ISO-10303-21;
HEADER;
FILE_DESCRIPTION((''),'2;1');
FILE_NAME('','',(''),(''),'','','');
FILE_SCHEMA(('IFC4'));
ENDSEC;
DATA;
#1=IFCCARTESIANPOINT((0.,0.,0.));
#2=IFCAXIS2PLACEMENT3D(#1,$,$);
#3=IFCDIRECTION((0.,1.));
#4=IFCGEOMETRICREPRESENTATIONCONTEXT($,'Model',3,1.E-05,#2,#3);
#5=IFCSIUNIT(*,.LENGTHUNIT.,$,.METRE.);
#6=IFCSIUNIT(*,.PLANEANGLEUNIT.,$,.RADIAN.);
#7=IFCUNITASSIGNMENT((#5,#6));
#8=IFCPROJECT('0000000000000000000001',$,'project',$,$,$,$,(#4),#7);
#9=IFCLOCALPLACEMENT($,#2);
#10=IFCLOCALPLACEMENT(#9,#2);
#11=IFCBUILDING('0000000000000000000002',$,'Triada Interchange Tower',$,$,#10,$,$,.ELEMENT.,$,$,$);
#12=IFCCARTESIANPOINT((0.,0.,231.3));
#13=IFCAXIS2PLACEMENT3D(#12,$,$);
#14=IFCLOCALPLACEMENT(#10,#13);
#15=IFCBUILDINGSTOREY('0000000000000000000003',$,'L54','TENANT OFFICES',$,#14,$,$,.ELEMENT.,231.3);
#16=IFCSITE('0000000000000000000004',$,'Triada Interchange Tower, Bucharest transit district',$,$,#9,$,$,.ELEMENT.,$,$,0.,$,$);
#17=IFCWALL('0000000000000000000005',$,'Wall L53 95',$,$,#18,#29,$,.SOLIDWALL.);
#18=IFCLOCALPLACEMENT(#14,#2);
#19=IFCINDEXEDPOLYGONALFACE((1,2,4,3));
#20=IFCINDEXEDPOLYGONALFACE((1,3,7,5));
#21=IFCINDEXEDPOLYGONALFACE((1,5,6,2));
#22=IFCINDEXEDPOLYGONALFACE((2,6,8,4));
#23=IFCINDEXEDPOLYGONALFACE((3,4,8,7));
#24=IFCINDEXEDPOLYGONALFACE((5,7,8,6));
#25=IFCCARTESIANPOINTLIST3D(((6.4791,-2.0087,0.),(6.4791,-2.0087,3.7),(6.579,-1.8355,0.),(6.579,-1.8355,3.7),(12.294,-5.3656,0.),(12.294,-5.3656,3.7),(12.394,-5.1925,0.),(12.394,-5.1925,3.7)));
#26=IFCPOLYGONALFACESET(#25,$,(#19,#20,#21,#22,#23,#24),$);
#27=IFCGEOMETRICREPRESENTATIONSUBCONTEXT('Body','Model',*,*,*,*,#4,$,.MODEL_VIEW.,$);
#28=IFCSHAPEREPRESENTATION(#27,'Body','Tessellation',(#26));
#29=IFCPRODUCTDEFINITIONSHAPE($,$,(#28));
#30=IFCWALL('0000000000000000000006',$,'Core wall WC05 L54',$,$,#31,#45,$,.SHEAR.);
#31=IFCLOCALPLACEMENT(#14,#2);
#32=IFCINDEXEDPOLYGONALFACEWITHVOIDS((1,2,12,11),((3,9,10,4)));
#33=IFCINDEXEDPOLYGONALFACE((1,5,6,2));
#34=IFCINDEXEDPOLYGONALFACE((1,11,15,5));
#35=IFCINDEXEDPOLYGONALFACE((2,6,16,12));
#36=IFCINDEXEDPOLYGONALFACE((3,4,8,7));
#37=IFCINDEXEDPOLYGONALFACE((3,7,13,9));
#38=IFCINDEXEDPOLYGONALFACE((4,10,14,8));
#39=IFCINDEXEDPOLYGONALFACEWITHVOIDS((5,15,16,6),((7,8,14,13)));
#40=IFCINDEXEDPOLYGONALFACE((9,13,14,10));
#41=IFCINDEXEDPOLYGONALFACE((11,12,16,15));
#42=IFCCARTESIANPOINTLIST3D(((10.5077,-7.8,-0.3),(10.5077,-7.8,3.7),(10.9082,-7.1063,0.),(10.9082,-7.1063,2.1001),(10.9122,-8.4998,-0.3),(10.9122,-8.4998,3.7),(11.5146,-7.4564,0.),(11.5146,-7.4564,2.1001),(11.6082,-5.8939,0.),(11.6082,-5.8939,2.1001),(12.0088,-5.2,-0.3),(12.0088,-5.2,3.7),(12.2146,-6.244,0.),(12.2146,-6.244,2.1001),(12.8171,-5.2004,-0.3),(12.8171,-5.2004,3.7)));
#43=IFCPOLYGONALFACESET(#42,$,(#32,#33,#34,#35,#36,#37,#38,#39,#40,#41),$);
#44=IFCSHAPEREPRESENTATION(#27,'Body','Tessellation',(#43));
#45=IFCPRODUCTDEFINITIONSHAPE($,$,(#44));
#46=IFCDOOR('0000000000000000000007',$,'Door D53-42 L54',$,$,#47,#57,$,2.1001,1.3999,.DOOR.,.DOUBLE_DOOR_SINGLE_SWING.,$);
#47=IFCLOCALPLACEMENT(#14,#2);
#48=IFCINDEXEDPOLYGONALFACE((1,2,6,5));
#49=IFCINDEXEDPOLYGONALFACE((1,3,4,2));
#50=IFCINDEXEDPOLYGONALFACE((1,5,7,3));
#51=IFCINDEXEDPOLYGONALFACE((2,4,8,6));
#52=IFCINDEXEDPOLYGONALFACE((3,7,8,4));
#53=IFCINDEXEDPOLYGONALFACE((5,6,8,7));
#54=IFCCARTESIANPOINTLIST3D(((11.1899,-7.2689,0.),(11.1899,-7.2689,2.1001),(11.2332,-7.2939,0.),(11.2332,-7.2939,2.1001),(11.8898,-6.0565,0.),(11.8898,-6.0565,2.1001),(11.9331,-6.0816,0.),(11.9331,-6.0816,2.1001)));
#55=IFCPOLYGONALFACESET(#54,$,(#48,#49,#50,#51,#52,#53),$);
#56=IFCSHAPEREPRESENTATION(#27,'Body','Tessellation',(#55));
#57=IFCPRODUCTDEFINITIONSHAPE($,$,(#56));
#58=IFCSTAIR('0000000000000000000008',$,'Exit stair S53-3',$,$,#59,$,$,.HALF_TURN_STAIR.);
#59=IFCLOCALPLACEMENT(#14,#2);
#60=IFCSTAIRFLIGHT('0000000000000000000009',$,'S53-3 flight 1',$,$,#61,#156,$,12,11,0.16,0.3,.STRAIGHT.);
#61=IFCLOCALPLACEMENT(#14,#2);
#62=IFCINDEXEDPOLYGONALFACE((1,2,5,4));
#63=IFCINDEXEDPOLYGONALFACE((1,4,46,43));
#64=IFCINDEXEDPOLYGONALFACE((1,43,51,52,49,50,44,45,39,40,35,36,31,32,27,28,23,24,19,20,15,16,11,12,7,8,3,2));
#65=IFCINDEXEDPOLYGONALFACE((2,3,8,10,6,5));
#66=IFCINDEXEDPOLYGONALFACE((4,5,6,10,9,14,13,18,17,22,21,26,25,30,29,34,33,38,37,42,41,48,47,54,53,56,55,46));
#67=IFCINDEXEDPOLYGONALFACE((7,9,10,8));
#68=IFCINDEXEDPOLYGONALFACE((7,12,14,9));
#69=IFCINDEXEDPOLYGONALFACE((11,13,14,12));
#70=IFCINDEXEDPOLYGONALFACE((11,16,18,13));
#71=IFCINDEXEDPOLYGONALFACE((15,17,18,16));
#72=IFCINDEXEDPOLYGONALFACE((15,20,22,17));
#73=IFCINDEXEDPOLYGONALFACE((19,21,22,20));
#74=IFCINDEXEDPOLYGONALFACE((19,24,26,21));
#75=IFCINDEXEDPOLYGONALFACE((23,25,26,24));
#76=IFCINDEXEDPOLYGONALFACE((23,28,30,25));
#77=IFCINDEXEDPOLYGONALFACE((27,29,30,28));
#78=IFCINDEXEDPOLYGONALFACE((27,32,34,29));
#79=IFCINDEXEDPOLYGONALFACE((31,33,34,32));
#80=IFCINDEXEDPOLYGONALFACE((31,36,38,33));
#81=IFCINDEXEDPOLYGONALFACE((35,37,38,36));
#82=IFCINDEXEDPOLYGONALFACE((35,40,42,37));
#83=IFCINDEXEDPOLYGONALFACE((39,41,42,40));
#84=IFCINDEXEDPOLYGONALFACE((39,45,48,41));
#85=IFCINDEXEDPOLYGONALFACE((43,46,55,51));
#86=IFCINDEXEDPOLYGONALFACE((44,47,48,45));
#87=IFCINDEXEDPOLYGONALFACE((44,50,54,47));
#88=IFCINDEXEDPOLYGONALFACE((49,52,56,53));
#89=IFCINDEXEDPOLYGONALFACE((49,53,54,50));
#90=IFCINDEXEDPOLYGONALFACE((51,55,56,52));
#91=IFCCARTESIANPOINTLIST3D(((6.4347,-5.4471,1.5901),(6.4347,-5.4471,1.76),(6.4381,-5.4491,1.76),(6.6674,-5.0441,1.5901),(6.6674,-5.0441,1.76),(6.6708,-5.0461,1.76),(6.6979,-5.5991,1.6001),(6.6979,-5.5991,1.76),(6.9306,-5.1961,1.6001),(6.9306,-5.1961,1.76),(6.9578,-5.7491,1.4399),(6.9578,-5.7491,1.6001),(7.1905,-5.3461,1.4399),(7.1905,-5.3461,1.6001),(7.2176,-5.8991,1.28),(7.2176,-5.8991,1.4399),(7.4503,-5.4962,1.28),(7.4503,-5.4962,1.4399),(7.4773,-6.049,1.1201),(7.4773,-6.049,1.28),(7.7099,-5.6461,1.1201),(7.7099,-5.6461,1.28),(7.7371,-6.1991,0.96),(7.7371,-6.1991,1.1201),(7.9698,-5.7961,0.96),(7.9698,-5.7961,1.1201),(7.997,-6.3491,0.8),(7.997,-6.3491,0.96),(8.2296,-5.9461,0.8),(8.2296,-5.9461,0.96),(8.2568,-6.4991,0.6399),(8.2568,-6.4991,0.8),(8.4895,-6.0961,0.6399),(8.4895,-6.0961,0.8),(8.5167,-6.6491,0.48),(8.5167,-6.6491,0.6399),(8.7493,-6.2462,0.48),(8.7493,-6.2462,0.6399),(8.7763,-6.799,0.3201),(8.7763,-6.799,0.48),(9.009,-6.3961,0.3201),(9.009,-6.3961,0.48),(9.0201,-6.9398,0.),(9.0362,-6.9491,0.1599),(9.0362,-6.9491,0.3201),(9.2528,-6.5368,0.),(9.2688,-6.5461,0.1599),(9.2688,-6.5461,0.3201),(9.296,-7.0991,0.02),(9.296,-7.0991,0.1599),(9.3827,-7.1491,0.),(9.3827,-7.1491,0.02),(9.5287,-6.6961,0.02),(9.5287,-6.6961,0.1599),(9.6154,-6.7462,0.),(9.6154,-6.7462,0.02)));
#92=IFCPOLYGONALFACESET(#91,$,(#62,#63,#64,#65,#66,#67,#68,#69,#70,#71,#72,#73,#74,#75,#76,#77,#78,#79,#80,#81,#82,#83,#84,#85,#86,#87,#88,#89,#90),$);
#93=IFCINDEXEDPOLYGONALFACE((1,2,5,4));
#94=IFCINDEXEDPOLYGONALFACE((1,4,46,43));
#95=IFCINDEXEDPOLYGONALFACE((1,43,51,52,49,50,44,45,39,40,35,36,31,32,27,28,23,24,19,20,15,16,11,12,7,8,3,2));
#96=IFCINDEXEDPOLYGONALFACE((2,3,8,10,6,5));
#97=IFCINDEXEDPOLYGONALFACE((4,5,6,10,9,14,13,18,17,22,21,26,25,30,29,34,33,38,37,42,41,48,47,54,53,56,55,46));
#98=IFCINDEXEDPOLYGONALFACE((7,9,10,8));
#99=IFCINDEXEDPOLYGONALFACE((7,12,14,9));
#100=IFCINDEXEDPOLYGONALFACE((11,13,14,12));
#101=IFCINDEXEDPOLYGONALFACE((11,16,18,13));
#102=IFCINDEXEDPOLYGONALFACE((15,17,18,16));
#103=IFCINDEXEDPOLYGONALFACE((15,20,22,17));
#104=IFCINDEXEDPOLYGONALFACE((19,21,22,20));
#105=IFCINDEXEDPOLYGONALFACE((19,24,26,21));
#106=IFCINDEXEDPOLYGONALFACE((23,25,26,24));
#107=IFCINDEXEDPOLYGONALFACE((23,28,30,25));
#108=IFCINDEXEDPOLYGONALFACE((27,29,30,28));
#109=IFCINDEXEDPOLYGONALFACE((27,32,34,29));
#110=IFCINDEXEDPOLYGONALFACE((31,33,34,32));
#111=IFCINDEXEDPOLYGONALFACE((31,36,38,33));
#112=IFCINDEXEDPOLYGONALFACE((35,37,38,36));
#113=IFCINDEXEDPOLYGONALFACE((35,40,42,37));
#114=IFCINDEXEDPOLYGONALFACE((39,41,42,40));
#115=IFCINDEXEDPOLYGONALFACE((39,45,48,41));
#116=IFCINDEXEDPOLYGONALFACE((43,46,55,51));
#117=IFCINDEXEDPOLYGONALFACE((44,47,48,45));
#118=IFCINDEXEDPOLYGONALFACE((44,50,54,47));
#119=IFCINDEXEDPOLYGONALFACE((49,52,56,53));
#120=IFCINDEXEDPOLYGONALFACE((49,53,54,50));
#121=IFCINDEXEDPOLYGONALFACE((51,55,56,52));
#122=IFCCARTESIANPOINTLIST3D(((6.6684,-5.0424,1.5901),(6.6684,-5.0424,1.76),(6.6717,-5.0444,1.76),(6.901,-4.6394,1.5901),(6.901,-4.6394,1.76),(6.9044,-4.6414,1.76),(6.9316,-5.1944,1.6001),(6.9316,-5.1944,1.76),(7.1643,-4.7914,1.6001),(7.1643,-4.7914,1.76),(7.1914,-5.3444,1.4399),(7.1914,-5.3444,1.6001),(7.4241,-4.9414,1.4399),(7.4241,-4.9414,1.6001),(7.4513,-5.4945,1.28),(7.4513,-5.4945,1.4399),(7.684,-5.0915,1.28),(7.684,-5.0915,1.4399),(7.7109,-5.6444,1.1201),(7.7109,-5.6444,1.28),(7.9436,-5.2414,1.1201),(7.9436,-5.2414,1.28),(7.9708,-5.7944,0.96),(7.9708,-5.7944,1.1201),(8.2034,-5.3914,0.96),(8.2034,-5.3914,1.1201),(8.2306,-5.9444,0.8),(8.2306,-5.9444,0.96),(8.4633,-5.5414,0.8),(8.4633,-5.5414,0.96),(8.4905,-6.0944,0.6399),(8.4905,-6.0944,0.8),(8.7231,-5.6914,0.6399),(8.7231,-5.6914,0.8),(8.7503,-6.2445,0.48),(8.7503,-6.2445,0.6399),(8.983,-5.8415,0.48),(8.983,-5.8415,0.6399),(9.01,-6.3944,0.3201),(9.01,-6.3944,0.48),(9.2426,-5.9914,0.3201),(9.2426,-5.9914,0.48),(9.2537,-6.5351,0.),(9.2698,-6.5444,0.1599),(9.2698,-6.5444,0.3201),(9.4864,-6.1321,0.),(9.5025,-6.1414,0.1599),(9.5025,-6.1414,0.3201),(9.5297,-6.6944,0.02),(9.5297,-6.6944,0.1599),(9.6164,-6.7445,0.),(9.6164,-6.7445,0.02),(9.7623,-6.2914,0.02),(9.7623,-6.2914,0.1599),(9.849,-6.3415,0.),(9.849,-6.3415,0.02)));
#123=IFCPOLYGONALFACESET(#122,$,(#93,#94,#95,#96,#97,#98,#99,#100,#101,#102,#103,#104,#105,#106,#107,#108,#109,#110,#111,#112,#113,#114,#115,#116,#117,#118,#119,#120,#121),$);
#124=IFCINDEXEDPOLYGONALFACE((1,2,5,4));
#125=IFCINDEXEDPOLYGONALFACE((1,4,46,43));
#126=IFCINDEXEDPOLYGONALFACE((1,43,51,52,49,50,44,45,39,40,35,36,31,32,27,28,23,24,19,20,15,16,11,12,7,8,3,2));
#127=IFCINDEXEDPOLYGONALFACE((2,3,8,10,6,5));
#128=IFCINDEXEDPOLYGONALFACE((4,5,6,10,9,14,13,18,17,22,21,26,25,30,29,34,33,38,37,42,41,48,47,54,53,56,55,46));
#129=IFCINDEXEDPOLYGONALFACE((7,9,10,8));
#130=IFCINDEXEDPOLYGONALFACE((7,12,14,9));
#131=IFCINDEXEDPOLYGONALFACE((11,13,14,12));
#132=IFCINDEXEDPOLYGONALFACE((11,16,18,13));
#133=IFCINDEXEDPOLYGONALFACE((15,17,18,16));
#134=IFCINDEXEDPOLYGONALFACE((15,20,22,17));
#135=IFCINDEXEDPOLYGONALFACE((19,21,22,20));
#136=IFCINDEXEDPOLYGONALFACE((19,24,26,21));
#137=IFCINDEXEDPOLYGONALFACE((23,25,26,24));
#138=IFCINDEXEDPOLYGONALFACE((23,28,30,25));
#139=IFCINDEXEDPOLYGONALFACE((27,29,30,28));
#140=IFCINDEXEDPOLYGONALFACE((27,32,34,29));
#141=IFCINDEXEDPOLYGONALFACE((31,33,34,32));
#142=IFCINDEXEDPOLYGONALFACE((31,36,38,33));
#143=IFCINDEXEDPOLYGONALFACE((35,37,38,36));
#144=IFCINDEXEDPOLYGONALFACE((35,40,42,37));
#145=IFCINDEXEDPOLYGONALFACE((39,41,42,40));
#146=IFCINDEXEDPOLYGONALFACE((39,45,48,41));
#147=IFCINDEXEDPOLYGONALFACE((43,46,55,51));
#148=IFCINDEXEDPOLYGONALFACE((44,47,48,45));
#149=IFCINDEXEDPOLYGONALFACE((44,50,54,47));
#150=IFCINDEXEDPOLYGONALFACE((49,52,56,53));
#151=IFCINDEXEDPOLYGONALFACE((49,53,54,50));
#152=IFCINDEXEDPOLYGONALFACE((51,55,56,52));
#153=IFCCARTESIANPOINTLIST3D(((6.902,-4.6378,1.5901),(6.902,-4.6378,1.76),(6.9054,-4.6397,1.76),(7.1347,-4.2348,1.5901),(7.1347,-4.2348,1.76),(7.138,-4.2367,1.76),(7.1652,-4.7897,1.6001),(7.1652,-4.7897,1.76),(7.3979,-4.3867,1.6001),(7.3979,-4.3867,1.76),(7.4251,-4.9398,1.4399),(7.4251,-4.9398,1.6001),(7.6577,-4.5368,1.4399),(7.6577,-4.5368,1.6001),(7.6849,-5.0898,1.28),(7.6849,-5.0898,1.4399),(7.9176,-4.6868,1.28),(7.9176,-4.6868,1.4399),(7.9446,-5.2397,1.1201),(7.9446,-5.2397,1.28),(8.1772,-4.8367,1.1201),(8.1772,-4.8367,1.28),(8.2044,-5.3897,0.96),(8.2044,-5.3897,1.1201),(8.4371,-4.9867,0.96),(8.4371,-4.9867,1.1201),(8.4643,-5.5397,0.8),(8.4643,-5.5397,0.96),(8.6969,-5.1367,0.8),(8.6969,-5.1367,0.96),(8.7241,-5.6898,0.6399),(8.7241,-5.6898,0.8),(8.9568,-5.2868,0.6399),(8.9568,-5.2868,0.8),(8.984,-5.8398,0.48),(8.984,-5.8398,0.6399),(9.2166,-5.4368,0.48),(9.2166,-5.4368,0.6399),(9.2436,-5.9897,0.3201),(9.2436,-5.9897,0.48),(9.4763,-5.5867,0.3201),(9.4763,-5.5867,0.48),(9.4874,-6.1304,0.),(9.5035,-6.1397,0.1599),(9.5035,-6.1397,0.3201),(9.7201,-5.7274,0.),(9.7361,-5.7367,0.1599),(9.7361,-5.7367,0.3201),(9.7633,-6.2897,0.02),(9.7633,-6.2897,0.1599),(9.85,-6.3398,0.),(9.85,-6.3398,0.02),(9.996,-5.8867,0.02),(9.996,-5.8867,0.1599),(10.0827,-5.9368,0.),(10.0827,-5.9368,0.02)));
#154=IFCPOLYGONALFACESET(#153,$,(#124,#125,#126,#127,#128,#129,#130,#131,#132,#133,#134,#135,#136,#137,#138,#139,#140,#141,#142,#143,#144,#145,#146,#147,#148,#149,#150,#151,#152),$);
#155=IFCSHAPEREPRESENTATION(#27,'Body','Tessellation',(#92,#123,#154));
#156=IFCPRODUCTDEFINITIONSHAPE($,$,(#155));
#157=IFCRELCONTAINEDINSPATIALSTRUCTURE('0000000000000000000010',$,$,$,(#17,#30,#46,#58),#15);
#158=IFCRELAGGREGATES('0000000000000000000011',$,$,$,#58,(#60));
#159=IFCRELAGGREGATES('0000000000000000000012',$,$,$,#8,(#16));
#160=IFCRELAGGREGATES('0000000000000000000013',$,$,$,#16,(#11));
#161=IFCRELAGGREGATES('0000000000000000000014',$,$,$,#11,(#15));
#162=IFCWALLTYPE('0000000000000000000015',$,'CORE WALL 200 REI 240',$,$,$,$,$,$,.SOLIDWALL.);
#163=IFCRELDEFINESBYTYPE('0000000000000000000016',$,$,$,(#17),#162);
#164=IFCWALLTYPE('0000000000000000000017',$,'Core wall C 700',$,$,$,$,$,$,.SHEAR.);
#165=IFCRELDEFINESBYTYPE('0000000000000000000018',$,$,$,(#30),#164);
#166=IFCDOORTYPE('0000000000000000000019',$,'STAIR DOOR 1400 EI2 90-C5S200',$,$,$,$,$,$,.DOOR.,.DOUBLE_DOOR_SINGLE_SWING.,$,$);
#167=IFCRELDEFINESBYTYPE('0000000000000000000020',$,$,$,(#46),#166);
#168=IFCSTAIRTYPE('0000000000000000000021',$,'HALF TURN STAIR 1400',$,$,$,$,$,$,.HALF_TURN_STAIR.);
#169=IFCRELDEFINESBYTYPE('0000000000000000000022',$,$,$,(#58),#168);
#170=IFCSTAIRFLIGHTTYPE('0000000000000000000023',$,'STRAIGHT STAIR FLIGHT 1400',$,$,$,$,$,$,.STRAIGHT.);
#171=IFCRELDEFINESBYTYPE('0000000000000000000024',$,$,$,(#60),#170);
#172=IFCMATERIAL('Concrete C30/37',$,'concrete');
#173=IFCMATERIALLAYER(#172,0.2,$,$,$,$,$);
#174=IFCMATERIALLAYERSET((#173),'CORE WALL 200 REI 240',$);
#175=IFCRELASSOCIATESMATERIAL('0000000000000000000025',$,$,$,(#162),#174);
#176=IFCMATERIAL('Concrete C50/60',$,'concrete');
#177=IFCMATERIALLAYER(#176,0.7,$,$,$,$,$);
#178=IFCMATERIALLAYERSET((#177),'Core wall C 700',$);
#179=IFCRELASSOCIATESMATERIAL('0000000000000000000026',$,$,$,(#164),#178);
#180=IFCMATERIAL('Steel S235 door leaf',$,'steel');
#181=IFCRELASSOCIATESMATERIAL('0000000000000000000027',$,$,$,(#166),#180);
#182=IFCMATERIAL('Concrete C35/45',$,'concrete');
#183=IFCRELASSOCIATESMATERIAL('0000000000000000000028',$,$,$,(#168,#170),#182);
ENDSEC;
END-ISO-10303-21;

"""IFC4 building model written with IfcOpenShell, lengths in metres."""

from ifc_helpers import new_model, si_unit, direction, frame, frame_2d, origin, place, context, subcontext, project, spatial, polyline, rectangle, outline, extrude, material, layer, layer_set, type_object, element, fill, aggregate, save


model = new_model("IFC4")

# Units and contexts
model_context = context("Model", 3, precision=1e-05, world=origin(), true_north=direction((0.0, 1.0)))
body_context = subcontext(model_context, "Body", "Model", "MODEL_VIEW")
ifc_project = project(units=[si_unit("LENGTHUNIT", "METRE"), si_unit("PLANEANGLEUNIT", "RADIAN")], contexts=[model_context])

# Site, building, storey
site_placement = place(None, origin())
site = spatial("IfcSite", under=ifc_project, at=site_placement, Name="Triada Interchange Tower, Bucharest transit district", CompositionType="ELEMENT", RefElevation=0.0)
building_placement = place(site_placement, origin())
building = spatial("IfcBuilding", under=site, at=building_placement, Name="Triada Interchange Tower", CompositionType="ELEMENT")
storey_placement = place(building_placement, frame((0.0, 0.0, 231.3)))
storey = spatial("IfcBuildingStorey", under=building, at=storey_placement, Name="L54", Description="TENANT OFFICES", CompositionType="ELEMENT", Elevation=231.3)

# Shared definitions
ifc_material_1 = material(Name="Concrete C30/37", Category="concrete")

# Shared definitions
ifc_material_2 = material(Name="Steel S235 door leaf", Category="steel")

# Wall
ifc_layer_1 = layer(ifc_material_1, 0.2)
ifc_layer_set_1 = layer_set([ifc_layer_1], Name="CORE WALL 200 REI 240")
wall_type_1 = type_object("IfcWallType", Name="CORE WALL 200 REI 240", PredefinedType="SOLIDWALL", material=ifc_layer_set_1)
wall_1_placement = place(storey_placement, frame((6.5291, -1.9221, 0.0), z_axis=(0.0, 0.0, 1.0), x_axis=(0.866046, -0.499964, 0.0)))
element("IfcWall", 1, at=wall_1_placement, inside=storey, type_object=wall_type_1, Name="Wall L53 95", PredefinedType="SOLIDWALL", context=body_context, shape_type="SweptSolid", body=[
    extrude(rectangle(XDim=6.7144, YDim=0.2, at=frame_2d((3.3572, 0.0))), origin(), (0.0, 0.0, 1.0), 3.7),
])

# Wall, opening, door
ifc_material_3 = material(Name="Concrete C50/60", Category="concrete")
ifc_layer_2 = layer(ifc_material_3, 0.7)
ifc_layer_set_2 = layer_set([ifc_layer_2], Name="Core wall C 700")
wall_type_2 = type_object("IfcWallType", Name="Core wall C 700", PredefinedType="SHEAR", material=ifc_layer_set_2)
wall_2_placement = place(storey_placement, frame((10.71, -8.1499, -0.3), z_axis=(0.0, 0.0, 1.0), x_axis=(0.499993, 0.866029, 0.0)))
wall_2 = element("IfcWall", 2, at=wall_2_placement, inside=storey, type_object=wall_type_2, Name="Core wall WC05 L54", PredefinedType="SHEAR", context=body_context, shape_type="SweptSolid", body=[
    extrude(outline(polyline([(-0.2019, -0.3501), (1.7031, -0.3501), (3.6079, -0.3501), (3.2041, 0.3501), (1.7031, 0.3501), (0.2019, 0.3501), (-0.2019, -0.3501)])), origin(), (0.0, 0.0, 1.0), 4.0),
])
opening_1_placement = place(wall_2_placement, frame((1.0029, 0.0, 0.3)))
opening_1 = element("IfcOpeningElement", 3, at=opening_1_placement, cuts=wall_2, PredefinedType="OPENING", context=body_context, shape_type="SweptSolid", body=[
    extrude(rectangle(XDim=1.3999, YDim=2.1001, at=frame_2d((0.7, 1.05))), frame((0.0, 0.3601, 0.0), z_axis=(0.0, -1.0, 0.0), x_axis=(1.0, 0.0, 0.0)), (0.0, 0.0, 1.0), 0.7202),
])
door_type_1 = type_object("IfcDoorType", Name="STAIR DOOR 1400 EI2 90-C5S200", OperationType="DOUBLE_DOOR_SINGLE_SWING", PredefinedType="DOOR", material=ifc_material_2)
door_1_placement = place(opening_1_placement, origin())
door_1 = element("IfcDoor", 4, at=door_1_placement, inside=storey, type_object=door_type_1, Name="Door D53-42 L54", OperationType="DOUBLE_DOOR_SINGLE_SWING", OverallHeight=2.1001, OverallWidth=1.3999, PredefinedType="DOOR", context=body_context, shape_type="SweptSolid", body=[
    extrude(rectangle(XDim=1.3999, YDim=2.1001, at=frame_2d((0.7, 1.05))), frame((0.0, 0.0249, 0.0), z_axis=(0.0, -1.0, 0.0), x_axis=(1.0, 0.0, 0.0)), (0.0, 0.0, 1.0), 0.05),
])
fill(opening_1, door_1)

# Stair, stair flight
ifc_material_4 = material(Name="Concrete C35/45", Category="concrete")
stair_type = type_object("IfcStairType", Name="HALF TURN STAIR 1400", PredefinedType="HALF_TURN_STAIR", material=ifc_material_4)
stair_placement = place(storey_placement, origin())
stair = element("IfcStair", 5, at=stair_placement, inside=storey, type_object=stair_type, Name="Exit stair S53-3", PredefinedType="HALF_TURN_STAIR")
stair_flight_type = type_object("IfcStairFlightType", Name="STRAIGHT STAIR FLIGHT 1400", PredefinedType="STRAIGHT", material=ifc_material_4)
stair_flight_1_placement = place(storey_placement, frame((9.646, -6.4929, 0.0), z_axis=(0.0, 0.0, 1.0), x_axis=(-0.866025, 0.5, 0.0)))
stair_flight_1 = element("IfcStairFlight", 6, at=stair_flight_1_placement, type_object=stair_flight_type, Name="S53-3 flight 1", NumberOfRisers=12, NumberOfTreads=11, PredefinedType="STRAIGHT", RiserHeight=0.16, TreadLength=0.3, context=body_context, shape_type="SweptSolid", body=[
    extrude(outline(polyline([(-0.1001, 0.0), (-0.1001, 0.02), (0.0, 0.02), (0.0, 0.1599), (0.3, 0.1599), (0.3, 0.3201), (0.6001, 0.3201), (0.6001, 0.48), (0.8999, 0.48), (0.8999, 0.6399), (1.2, 0.6399), (1.2, 0.8), (1.5, 0.8), (1.5, 0.96), (1.8, 0.96), (1.8, 1.1201), (2.1001, 1.1201), (2.1001, 1.28), (2.3999, 1.28), (2.3999, 1.4399), (2.7, 1.4399), (2.7, 1.6001), (3.0, 1.6001), (3.0, 1.76), (3.3, 1.76), (3.304, 1.76), (3.304, 1.9199), (3.304, 1.5901), (0.3186, 0.0), (-0.1001, 0.0)])), frame((0.0, 0.7, 0.0), z_axis=(0.0, -1.0, 0.0), x_axis=(1.0, 0.0, 0.0)), (0.0, 0.0, 1.0), 0.4653),
    extrude(outline(polyline([(-0.1001, 0.0), (-0.1001, 0.02), (0.0, 0.02), (0.0, 0.1599), (0.3, 0.1599), (0.3, 0.3201), (0.6001, 0.3201), (0.6001, 0.48), (0.8999, 0.48), (0.8999, 0.6399), (1.2, 0.6399), (1.2, 0.8), (1.5, 0.8), (1.5, 0.96), (1.8, 0.96), (1.8, 1.1201), (2.1001, 1.1201), (2.1001, 1.28), (2.3999, 1.28), (2.3999, 1.4399), (2.7, 1.4399), (2.7, 1.6001), (3.0, 1.6001), (3.0, 1.76), (3.3, 1.76), (3.304, 1.76), (3.304, 1.9199), (3.304, 1.5901), (0.3186, 0.0), (-0.1001, 0.0)])), frame((0.0, 0.2327, 0.0), z_axis=(0.0, -1.0, 0.0), x_axis=(1.0, 0.0, 0.0)), (0.0, 0.0, 1.0), 0.4653),
    extrude(outline(polyline([(-0.1001, 0.0), (-0.1001, 0.02), (0.0, 0.02), (0.0, 0.1599), (0.3, 0.1599), (0.3, 0.3201), (0.6001, 0.3201), (0.6001, 0.48), (0.8999, 0.48), (0.8999, 0.6399), (1.2, 0.6399), (1.2, 0.8), (1.5, 0.8), (1.5, 0.96), (1.8, 0.96), (1.8, 1.1201), (2.1001, 1.1201), (2.1001, 1.28), (2.3999, 1.28), (2.3999, 1.4399), (2.7, 1.4399), (2.7, 1.6001), (3.0, 1.6001), (3.0, 1.76), (3.3, 1.76), (3.304, 1.76), (3.304, 1.9199), (3.304, 1.5901), (0.3186, 0.0), (-0.1001, 0.0)])), frame((0.0, -0.2346, 0.0), z_axis=(0.0, -1.0, 0.0), x_axis=(1.0, 0.0, 0.0)), (0.0, 0.0, 1.0), 0.4653),
])
aggregate(stair, [stair_flight_1])

save(model, "model.ifc")
